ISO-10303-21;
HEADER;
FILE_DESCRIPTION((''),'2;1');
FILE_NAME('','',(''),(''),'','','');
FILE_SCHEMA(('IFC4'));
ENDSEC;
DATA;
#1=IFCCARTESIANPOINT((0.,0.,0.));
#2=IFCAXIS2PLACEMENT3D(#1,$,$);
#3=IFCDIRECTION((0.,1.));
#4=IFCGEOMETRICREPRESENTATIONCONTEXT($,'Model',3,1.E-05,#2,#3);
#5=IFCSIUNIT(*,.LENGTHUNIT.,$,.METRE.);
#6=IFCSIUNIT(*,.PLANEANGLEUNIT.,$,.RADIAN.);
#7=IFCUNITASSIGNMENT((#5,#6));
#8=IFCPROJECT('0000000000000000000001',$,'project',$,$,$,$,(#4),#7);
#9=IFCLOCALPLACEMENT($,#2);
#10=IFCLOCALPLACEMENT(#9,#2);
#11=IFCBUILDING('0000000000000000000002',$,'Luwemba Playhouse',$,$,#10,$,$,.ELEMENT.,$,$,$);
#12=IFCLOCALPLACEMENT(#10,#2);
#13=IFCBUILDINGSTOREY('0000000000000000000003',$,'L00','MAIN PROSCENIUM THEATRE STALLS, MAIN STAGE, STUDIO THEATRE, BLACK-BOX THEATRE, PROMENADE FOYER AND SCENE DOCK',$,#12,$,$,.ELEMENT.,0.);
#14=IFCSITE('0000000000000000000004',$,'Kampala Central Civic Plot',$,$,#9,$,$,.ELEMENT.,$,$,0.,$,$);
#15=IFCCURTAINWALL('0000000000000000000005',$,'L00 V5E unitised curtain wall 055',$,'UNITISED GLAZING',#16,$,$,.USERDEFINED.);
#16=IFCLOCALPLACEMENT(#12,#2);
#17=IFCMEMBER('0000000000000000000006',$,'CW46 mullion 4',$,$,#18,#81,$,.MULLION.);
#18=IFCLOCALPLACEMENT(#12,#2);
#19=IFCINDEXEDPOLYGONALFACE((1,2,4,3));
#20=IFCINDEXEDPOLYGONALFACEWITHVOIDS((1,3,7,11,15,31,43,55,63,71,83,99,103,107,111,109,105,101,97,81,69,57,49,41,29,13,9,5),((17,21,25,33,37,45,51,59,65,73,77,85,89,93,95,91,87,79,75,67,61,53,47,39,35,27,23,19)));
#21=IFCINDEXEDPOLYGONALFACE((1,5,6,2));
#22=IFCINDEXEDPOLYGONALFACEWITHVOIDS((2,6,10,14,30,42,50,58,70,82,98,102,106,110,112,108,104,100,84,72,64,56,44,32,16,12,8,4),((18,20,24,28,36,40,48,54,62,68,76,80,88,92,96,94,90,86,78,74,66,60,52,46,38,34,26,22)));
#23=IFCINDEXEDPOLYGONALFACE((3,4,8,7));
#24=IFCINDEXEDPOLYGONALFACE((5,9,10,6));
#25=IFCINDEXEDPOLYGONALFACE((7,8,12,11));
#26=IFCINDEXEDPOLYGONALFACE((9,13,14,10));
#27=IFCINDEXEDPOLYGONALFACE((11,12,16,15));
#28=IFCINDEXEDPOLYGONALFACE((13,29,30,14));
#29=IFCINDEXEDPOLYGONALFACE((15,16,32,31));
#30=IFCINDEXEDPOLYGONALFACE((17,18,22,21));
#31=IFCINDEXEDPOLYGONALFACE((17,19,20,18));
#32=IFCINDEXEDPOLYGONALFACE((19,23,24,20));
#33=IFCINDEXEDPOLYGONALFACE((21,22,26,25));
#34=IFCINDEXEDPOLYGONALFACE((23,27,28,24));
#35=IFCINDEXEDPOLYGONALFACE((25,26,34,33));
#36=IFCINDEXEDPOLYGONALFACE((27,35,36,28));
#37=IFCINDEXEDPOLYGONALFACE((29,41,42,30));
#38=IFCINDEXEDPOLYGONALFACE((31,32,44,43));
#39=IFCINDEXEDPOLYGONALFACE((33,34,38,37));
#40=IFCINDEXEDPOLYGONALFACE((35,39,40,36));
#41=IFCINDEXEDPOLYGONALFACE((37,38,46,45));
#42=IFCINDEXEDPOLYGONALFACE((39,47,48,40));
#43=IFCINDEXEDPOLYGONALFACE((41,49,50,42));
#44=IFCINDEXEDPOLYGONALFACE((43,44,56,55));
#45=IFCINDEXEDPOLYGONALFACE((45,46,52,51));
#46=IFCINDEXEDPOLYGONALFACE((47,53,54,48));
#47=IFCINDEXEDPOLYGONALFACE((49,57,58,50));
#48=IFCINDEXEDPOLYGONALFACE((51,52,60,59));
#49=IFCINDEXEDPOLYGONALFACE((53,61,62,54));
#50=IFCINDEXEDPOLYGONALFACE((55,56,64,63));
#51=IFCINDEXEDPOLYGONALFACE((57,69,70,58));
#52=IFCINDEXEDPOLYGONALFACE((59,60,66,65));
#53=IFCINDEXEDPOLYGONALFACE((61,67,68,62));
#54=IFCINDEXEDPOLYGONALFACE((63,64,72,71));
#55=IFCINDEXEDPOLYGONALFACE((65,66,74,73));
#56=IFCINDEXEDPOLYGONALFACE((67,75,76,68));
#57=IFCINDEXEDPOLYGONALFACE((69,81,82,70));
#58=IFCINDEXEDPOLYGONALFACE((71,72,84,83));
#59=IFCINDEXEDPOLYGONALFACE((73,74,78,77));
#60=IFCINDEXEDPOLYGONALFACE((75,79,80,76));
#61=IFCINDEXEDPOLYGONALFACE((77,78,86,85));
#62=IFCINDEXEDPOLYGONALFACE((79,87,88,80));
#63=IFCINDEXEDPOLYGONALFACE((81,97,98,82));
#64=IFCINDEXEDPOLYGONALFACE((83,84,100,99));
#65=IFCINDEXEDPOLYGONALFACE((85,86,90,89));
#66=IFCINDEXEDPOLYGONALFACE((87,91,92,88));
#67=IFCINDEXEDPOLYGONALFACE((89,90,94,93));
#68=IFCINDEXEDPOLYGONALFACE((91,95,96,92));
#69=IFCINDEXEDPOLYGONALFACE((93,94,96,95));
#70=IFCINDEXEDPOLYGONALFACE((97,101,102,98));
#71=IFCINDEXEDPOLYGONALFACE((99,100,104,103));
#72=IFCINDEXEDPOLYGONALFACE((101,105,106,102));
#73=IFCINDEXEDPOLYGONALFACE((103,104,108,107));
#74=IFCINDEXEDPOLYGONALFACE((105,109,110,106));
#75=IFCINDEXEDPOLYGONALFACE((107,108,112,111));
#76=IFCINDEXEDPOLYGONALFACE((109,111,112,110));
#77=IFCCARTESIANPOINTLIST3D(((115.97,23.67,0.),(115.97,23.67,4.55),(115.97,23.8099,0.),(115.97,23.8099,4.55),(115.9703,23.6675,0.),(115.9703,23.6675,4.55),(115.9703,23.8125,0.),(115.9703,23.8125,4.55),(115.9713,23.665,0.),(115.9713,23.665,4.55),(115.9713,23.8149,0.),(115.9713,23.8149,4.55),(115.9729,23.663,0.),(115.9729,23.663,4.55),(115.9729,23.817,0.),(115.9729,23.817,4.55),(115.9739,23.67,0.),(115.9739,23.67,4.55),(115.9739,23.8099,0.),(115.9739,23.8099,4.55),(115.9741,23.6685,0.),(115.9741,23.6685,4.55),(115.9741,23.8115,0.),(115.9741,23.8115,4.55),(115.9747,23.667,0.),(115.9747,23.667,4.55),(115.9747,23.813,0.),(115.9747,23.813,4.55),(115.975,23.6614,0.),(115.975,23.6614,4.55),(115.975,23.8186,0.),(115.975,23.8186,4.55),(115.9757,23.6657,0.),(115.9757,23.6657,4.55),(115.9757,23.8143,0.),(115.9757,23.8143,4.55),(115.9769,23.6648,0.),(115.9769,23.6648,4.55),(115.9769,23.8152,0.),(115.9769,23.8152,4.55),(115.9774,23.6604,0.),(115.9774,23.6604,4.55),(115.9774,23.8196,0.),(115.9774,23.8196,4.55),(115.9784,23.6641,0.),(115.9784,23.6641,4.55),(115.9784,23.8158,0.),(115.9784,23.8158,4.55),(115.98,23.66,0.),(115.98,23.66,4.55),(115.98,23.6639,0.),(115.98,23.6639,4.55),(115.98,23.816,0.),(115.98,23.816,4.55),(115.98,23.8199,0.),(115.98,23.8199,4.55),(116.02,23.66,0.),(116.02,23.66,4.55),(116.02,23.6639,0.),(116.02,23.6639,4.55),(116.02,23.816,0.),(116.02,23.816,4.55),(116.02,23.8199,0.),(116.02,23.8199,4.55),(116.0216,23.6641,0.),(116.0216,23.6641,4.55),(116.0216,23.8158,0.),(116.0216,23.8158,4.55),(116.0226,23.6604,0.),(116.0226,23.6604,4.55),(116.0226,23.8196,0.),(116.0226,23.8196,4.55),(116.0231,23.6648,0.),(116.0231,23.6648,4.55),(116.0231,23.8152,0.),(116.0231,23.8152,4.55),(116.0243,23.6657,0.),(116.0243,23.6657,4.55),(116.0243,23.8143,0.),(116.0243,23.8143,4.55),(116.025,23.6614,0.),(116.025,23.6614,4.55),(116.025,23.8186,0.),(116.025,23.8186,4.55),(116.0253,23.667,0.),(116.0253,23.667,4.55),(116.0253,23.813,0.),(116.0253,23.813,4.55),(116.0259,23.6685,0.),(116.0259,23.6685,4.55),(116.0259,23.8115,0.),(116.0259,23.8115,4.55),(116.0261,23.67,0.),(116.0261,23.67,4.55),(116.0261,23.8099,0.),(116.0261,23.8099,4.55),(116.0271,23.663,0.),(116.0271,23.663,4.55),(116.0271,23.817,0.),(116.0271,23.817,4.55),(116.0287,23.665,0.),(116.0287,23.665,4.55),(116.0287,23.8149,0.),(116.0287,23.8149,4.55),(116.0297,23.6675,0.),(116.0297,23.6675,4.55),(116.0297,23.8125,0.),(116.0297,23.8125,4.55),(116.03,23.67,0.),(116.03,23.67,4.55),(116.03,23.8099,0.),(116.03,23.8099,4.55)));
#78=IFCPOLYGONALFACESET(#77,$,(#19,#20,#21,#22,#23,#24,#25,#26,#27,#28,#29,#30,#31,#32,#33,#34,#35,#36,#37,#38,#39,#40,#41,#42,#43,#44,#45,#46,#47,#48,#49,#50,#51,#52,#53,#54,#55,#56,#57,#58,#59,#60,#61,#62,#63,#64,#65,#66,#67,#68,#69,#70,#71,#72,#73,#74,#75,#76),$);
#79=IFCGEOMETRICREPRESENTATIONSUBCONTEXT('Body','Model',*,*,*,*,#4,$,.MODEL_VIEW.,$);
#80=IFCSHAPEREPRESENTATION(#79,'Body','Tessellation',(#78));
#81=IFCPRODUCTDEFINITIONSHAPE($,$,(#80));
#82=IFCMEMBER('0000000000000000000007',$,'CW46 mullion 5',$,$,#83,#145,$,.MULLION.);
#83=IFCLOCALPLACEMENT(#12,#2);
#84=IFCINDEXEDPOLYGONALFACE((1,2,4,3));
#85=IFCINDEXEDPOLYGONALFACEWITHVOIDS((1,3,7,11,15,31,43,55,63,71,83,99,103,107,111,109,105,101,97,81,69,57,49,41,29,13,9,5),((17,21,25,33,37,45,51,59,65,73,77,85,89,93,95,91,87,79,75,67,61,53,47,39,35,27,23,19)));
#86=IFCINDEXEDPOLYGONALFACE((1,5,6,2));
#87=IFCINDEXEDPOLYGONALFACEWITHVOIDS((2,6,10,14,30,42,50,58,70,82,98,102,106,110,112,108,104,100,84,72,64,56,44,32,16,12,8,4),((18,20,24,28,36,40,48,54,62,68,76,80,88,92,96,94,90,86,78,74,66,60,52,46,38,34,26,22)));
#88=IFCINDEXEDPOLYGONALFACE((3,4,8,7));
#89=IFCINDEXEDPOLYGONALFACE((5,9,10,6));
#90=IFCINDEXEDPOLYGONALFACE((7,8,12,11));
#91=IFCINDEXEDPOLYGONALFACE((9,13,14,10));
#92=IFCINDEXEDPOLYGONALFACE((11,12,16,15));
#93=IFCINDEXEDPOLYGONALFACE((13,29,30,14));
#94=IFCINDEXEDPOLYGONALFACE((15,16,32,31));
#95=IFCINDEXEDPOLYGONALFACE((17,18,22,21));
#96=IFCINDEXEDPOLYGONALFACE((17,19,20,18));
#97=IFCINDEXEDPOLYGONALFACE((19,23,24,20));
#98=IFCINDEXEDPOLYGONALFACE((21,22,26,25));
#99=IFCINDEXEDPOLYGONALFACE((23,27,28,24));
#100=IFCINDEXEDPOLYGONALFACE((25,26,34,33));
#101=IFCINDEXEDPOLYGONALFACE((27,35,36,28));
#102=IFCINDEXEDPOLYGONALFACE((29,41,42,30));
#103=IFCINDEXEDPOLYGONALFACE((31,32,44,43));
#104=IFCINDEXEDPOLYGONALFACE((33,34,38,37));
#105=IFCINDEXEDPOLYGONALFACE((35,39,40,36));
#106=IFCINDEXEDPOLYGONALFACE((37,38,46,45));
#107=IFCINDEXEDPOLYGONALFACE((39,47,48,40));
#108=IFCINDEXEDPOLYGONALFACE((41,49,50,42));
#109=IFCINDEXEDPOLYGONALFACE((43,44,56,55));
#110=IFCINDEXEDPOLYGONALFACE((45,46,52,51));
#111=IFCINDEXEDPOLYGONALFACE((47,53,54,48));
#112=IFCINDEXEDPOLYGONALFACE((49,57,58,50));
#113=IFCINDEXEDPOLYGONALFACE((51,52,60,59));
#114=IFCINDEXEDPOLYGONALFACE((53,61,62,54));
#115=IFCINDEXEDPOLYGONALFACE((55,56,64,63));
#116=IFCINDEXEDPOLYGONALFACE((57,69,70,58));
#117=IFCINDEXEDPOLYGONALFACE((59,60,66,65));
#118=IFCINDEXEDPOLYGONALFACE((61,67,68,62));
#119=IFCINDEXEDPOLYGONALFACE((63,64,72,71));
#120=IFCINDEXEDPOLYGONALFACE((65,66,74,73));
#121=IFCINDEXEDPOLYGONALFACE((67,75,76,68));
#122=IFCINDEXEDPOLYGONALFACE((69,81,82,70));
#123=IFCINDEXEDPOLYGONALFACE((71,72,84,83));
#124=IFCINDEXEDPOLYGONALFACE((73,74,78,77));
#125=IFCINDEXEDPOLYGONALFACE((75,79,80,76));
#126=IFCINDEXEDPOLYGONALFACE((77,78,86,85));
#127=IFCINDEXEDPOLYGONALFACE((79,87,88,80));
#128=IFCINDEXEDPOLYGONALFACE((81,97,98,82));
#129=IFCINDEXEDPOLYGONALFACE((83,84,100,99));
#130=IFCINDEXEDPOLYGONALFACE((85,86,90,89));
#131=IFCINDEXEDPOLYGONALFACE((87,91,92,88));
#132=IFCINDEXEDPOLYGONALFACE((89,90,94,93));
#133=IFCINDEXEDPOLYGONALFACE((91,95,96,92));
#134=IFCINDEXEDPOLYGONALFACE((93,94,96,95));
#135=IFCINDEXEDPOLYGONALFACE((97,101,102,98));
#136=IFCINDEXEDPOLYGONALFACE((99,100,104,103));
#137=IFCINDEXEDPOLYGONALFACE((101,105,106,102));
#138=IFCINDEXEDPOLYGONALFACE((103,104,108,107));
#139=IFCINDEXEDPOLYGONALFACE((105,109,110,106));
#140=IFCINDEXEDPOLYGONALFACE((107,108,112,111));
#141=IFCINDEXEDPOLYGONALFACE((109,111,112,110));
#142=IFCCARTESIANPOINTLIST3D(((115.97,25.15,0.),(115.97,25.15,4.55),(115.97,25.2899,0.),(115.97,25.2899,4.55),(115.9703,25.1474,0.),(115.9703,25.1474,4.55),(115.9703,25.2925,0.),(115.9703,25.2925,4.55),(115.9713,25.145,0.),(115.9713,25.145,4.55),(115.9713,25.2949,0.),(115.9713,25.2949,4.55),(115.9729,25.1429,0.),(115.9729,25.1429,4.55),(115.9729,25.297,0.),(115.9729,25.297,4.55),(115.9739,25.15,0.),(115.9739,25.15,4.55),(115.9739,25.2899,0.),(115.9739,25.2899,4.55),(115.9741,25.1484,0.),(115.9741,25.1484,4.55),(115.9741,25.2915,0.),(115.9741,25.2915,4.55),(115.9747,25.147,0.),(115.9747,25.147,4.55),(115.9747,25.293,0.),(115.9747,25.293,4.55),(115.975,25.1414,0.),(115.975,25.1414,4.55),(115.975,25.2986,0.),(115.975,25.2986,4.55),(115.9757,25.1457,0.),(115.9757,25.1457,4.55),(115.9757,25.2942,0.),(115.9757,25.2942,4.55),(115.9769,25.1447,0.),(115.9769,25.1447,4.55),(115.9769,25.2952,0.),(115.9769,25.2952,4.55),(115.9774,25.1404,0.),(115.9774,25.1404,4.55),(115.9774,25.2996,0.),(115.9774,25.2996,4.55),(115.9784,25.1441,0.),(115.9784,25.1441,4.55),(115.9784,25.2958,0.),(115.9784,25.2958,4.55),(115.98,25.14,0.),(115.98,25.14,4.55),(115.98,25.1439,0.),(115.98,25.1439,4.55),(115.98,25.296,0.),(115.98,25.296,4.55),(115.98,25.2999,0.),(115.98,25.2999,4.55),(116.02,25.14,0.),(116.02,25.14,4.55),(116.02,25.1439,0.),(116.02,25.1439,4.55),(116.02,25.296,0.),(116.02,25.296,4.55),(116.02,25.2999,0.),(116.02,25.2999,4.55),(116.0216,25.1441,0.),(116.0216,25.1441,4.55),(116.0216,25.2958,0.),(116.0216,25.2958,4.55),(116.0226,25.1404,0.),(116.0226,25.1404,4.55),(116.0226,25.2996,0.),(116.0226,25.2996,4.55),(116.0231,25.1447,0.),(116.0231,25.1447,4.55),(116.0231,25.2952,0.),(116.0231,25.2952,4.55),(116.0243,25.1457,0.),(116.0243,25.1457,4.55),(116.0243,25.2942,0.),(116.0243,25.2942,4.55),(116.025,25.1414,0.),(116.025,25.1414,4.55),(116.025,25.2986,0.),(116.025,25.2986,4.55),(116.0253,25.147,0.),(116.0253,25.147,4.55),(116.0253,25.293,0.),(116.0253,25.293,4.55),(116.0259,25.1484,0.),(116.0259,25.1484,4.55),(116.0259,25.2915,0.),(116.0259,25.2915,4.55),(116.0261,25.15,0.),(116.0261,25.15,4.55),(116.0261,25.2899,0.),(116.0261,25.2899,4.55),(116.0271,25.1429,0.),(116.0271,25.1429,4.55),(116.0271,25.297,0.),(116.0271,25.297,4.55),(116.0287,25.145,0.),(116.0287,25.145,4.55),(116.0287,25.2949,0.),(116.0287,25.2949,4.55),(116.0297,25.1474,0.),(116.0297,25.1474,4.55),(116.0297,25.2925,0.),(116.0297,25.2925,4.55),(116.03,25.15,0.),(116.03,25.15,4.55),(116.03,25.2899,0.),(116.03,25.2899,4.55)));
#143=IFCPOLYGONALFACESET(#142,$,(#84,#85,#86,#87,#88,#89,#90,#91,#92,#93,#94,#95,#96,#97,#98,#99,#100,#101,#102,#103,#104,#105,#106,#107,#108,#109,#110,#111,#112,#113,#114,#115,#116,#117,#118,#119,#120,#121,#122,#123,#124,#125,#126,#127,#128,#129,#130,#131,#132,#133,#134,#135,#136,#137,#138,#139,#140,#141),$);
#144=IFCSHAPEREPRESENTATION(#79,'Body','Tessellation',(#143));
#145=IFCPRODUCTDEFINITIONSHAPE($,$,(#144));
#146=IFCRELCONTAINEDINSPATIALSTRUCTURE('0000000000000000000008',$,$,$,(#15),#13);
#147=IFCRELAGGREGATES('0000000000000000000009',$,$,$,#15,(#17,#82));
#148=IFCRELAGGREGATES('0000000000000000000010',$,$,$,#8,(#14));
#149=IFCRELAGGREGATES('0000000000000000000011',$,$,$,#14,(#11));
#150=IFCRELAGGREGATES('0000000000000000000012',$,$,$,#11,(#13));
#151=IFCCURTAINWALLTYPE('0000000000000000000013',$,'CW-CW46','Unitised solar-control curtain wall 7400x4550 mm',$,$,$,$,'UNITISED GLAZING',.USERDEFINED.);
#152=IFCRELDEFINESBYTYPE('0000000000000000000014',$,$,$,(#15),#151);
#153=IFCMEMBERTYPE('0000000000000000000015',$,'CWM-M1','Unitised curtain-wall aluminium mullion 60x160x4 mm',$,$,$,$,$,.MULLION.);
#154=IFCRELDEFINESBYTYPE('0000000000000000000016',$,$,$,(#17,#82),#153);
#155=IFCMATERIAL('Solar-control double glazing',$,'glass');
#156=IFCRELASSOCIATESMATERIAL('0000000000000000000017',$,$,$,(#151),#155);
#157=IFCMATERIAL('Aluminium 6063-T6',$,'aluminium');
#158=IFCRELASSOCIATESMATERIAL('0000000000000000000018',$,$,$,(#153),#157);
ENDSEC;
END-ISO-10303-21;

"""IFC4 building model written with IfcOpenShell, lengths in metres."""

from ifc_helpers import new_model, si_unit, direction, frame, origin, origin_2d, place, context, subcontext, project, spatial, hollow_rectangle, extrude, material, material_profile, profile_set, type_object, element, aggregate, save


model = new_model("IFC4")

# Units and contexts
model_context = context("Model", 3, precision=1e-05, world=origin(), true_north=direction((0.0, 1.0)))
body_context = subcontext(model_context, "Body", "Model", "MODEL_VIEW")
ifc_project = project(units=[si_unit("LENGTHUNIT", "METRE"), si_unit("PLANEANGLEUNIT", "RADIAN")], contexts=[model_context])

# Site, building, storey
site_placement = place(None, origin())
site = spatial("IfcSite", under=ifc_project, at=site_placement, Name="Kampala Central Civic Plot", CompositionType="ELEMENT", RefElevation=0.0)
building_placement = place(site_placement, origin())
building = spatial("IfcBuilding", under=site, at=building_placement, Name="Luwemba Playhouse", CompositionType="ELEMENT")
storey_placement = place(building_placement, origin())
storey = spatial("IfcBuildingStorey", under=building, at=storey_placement, Name="L00", Description="MAIN PROSCENIUM THEATRE STALLS, MAIN STAGE, STUDIO THEATRE, BLACK-BOX THEATRE, PROMENADE FOYER AND SCENE DOCK", CompositionType="ELEMENT", Elevation=0.0)

# Curtain wall, members
ifc_material_1 = material(Name="Solar-control double glazing", Category="glass")
curtain_wall_type = type_object("IfcCurtainWallType", Name="CW-CW46", Description="Unitised solar-control curtain wall 7400x4550 mm", ElementType="UNITISED GLAZING", PredefinedType="USERDEFINED", material=ifc_material_1)
curtain_wall_placement = place(storey_placement, origin())
curtain_wall = element("IfcCurtainWall", 1, at=curtain_wall_placement, inside=storey, type_object=curtain_wall_type, Name="L00 V5E unitised curtain wall 055", ObjectType="UNITISED GLAZING", PredefinedType="USERDEFINED")
ifc_material_2 = material(Name="Aluminium 6063-T6", Category="aluminium")
ifc_material_profile_1 = material_profile(ifc_material_2, hollow_rectangle(XDim=0.0601, YDim=0.1599, WallThickness=0.0039, InnerFilletRadius=0.0061, OuterFilletRadius=0.01, at=origin_2d()))
ifc_profile_set_1 = profile_set([ifc_material_profile_1], Name="Aluminium 6063-T6")
member_type_1 = type_object("IfcMemberType", Name="CWM-M1", Description="Unitised curtain-wall aluminium mullion 60x160x4 mm", PredefinedType="MULLION", material=ifc_profile_set_1)
member_1_placement = place(storey_placement, frame((116.0, 23.74, 0.0), z_axis=(0.0, 0.0, 1.0), x_axis=(-1.0, 0.0, 0.0)))
member_1 = element("IfcMember", 2, at=member_1_placement, type_object=member_type_1, Name="CW46 mullion 4", PredefinedType="MULLION", context=body_context, shape_type="SweptSolid", body=[
    extrude(hollow_rectangle(XDim=0.0601, YDim=0.1599, WallThickness=0.0039, InnerFilletRadius=0.0061, OuterFilletRadius=0.01, at=origin_2d()), origin(), (0.0, 0.0, 1.0), 4.55),
])
member_2_placement = place(storey_placement, frame((116.0, 25.22, 0.0), z_axis=(0.0, 0.0, 1.0), x_axis=(-1.0, 0.0, 0.0)))
member_2 = element("IfcMember", 3, at=member_2_placement, type_object=member_type_1, Name="CW46 mullion 5", PredefinedType="MULLION", context=body_context, shape_type="SweptSolid", body=[
    extrude(hollow_rectangle(XDim=0.0601, YDim=0.1599, WallThickness=0.0039, InnerFilletRadius=0.0061, OuterFilletRadius=0.01, at=origin_2d()), origin(), (0.0, 0.0, 1.0), 4.55),
])
aggregate(curtain_wall, [member_1, member_2])

save(model, "model.ifc")
